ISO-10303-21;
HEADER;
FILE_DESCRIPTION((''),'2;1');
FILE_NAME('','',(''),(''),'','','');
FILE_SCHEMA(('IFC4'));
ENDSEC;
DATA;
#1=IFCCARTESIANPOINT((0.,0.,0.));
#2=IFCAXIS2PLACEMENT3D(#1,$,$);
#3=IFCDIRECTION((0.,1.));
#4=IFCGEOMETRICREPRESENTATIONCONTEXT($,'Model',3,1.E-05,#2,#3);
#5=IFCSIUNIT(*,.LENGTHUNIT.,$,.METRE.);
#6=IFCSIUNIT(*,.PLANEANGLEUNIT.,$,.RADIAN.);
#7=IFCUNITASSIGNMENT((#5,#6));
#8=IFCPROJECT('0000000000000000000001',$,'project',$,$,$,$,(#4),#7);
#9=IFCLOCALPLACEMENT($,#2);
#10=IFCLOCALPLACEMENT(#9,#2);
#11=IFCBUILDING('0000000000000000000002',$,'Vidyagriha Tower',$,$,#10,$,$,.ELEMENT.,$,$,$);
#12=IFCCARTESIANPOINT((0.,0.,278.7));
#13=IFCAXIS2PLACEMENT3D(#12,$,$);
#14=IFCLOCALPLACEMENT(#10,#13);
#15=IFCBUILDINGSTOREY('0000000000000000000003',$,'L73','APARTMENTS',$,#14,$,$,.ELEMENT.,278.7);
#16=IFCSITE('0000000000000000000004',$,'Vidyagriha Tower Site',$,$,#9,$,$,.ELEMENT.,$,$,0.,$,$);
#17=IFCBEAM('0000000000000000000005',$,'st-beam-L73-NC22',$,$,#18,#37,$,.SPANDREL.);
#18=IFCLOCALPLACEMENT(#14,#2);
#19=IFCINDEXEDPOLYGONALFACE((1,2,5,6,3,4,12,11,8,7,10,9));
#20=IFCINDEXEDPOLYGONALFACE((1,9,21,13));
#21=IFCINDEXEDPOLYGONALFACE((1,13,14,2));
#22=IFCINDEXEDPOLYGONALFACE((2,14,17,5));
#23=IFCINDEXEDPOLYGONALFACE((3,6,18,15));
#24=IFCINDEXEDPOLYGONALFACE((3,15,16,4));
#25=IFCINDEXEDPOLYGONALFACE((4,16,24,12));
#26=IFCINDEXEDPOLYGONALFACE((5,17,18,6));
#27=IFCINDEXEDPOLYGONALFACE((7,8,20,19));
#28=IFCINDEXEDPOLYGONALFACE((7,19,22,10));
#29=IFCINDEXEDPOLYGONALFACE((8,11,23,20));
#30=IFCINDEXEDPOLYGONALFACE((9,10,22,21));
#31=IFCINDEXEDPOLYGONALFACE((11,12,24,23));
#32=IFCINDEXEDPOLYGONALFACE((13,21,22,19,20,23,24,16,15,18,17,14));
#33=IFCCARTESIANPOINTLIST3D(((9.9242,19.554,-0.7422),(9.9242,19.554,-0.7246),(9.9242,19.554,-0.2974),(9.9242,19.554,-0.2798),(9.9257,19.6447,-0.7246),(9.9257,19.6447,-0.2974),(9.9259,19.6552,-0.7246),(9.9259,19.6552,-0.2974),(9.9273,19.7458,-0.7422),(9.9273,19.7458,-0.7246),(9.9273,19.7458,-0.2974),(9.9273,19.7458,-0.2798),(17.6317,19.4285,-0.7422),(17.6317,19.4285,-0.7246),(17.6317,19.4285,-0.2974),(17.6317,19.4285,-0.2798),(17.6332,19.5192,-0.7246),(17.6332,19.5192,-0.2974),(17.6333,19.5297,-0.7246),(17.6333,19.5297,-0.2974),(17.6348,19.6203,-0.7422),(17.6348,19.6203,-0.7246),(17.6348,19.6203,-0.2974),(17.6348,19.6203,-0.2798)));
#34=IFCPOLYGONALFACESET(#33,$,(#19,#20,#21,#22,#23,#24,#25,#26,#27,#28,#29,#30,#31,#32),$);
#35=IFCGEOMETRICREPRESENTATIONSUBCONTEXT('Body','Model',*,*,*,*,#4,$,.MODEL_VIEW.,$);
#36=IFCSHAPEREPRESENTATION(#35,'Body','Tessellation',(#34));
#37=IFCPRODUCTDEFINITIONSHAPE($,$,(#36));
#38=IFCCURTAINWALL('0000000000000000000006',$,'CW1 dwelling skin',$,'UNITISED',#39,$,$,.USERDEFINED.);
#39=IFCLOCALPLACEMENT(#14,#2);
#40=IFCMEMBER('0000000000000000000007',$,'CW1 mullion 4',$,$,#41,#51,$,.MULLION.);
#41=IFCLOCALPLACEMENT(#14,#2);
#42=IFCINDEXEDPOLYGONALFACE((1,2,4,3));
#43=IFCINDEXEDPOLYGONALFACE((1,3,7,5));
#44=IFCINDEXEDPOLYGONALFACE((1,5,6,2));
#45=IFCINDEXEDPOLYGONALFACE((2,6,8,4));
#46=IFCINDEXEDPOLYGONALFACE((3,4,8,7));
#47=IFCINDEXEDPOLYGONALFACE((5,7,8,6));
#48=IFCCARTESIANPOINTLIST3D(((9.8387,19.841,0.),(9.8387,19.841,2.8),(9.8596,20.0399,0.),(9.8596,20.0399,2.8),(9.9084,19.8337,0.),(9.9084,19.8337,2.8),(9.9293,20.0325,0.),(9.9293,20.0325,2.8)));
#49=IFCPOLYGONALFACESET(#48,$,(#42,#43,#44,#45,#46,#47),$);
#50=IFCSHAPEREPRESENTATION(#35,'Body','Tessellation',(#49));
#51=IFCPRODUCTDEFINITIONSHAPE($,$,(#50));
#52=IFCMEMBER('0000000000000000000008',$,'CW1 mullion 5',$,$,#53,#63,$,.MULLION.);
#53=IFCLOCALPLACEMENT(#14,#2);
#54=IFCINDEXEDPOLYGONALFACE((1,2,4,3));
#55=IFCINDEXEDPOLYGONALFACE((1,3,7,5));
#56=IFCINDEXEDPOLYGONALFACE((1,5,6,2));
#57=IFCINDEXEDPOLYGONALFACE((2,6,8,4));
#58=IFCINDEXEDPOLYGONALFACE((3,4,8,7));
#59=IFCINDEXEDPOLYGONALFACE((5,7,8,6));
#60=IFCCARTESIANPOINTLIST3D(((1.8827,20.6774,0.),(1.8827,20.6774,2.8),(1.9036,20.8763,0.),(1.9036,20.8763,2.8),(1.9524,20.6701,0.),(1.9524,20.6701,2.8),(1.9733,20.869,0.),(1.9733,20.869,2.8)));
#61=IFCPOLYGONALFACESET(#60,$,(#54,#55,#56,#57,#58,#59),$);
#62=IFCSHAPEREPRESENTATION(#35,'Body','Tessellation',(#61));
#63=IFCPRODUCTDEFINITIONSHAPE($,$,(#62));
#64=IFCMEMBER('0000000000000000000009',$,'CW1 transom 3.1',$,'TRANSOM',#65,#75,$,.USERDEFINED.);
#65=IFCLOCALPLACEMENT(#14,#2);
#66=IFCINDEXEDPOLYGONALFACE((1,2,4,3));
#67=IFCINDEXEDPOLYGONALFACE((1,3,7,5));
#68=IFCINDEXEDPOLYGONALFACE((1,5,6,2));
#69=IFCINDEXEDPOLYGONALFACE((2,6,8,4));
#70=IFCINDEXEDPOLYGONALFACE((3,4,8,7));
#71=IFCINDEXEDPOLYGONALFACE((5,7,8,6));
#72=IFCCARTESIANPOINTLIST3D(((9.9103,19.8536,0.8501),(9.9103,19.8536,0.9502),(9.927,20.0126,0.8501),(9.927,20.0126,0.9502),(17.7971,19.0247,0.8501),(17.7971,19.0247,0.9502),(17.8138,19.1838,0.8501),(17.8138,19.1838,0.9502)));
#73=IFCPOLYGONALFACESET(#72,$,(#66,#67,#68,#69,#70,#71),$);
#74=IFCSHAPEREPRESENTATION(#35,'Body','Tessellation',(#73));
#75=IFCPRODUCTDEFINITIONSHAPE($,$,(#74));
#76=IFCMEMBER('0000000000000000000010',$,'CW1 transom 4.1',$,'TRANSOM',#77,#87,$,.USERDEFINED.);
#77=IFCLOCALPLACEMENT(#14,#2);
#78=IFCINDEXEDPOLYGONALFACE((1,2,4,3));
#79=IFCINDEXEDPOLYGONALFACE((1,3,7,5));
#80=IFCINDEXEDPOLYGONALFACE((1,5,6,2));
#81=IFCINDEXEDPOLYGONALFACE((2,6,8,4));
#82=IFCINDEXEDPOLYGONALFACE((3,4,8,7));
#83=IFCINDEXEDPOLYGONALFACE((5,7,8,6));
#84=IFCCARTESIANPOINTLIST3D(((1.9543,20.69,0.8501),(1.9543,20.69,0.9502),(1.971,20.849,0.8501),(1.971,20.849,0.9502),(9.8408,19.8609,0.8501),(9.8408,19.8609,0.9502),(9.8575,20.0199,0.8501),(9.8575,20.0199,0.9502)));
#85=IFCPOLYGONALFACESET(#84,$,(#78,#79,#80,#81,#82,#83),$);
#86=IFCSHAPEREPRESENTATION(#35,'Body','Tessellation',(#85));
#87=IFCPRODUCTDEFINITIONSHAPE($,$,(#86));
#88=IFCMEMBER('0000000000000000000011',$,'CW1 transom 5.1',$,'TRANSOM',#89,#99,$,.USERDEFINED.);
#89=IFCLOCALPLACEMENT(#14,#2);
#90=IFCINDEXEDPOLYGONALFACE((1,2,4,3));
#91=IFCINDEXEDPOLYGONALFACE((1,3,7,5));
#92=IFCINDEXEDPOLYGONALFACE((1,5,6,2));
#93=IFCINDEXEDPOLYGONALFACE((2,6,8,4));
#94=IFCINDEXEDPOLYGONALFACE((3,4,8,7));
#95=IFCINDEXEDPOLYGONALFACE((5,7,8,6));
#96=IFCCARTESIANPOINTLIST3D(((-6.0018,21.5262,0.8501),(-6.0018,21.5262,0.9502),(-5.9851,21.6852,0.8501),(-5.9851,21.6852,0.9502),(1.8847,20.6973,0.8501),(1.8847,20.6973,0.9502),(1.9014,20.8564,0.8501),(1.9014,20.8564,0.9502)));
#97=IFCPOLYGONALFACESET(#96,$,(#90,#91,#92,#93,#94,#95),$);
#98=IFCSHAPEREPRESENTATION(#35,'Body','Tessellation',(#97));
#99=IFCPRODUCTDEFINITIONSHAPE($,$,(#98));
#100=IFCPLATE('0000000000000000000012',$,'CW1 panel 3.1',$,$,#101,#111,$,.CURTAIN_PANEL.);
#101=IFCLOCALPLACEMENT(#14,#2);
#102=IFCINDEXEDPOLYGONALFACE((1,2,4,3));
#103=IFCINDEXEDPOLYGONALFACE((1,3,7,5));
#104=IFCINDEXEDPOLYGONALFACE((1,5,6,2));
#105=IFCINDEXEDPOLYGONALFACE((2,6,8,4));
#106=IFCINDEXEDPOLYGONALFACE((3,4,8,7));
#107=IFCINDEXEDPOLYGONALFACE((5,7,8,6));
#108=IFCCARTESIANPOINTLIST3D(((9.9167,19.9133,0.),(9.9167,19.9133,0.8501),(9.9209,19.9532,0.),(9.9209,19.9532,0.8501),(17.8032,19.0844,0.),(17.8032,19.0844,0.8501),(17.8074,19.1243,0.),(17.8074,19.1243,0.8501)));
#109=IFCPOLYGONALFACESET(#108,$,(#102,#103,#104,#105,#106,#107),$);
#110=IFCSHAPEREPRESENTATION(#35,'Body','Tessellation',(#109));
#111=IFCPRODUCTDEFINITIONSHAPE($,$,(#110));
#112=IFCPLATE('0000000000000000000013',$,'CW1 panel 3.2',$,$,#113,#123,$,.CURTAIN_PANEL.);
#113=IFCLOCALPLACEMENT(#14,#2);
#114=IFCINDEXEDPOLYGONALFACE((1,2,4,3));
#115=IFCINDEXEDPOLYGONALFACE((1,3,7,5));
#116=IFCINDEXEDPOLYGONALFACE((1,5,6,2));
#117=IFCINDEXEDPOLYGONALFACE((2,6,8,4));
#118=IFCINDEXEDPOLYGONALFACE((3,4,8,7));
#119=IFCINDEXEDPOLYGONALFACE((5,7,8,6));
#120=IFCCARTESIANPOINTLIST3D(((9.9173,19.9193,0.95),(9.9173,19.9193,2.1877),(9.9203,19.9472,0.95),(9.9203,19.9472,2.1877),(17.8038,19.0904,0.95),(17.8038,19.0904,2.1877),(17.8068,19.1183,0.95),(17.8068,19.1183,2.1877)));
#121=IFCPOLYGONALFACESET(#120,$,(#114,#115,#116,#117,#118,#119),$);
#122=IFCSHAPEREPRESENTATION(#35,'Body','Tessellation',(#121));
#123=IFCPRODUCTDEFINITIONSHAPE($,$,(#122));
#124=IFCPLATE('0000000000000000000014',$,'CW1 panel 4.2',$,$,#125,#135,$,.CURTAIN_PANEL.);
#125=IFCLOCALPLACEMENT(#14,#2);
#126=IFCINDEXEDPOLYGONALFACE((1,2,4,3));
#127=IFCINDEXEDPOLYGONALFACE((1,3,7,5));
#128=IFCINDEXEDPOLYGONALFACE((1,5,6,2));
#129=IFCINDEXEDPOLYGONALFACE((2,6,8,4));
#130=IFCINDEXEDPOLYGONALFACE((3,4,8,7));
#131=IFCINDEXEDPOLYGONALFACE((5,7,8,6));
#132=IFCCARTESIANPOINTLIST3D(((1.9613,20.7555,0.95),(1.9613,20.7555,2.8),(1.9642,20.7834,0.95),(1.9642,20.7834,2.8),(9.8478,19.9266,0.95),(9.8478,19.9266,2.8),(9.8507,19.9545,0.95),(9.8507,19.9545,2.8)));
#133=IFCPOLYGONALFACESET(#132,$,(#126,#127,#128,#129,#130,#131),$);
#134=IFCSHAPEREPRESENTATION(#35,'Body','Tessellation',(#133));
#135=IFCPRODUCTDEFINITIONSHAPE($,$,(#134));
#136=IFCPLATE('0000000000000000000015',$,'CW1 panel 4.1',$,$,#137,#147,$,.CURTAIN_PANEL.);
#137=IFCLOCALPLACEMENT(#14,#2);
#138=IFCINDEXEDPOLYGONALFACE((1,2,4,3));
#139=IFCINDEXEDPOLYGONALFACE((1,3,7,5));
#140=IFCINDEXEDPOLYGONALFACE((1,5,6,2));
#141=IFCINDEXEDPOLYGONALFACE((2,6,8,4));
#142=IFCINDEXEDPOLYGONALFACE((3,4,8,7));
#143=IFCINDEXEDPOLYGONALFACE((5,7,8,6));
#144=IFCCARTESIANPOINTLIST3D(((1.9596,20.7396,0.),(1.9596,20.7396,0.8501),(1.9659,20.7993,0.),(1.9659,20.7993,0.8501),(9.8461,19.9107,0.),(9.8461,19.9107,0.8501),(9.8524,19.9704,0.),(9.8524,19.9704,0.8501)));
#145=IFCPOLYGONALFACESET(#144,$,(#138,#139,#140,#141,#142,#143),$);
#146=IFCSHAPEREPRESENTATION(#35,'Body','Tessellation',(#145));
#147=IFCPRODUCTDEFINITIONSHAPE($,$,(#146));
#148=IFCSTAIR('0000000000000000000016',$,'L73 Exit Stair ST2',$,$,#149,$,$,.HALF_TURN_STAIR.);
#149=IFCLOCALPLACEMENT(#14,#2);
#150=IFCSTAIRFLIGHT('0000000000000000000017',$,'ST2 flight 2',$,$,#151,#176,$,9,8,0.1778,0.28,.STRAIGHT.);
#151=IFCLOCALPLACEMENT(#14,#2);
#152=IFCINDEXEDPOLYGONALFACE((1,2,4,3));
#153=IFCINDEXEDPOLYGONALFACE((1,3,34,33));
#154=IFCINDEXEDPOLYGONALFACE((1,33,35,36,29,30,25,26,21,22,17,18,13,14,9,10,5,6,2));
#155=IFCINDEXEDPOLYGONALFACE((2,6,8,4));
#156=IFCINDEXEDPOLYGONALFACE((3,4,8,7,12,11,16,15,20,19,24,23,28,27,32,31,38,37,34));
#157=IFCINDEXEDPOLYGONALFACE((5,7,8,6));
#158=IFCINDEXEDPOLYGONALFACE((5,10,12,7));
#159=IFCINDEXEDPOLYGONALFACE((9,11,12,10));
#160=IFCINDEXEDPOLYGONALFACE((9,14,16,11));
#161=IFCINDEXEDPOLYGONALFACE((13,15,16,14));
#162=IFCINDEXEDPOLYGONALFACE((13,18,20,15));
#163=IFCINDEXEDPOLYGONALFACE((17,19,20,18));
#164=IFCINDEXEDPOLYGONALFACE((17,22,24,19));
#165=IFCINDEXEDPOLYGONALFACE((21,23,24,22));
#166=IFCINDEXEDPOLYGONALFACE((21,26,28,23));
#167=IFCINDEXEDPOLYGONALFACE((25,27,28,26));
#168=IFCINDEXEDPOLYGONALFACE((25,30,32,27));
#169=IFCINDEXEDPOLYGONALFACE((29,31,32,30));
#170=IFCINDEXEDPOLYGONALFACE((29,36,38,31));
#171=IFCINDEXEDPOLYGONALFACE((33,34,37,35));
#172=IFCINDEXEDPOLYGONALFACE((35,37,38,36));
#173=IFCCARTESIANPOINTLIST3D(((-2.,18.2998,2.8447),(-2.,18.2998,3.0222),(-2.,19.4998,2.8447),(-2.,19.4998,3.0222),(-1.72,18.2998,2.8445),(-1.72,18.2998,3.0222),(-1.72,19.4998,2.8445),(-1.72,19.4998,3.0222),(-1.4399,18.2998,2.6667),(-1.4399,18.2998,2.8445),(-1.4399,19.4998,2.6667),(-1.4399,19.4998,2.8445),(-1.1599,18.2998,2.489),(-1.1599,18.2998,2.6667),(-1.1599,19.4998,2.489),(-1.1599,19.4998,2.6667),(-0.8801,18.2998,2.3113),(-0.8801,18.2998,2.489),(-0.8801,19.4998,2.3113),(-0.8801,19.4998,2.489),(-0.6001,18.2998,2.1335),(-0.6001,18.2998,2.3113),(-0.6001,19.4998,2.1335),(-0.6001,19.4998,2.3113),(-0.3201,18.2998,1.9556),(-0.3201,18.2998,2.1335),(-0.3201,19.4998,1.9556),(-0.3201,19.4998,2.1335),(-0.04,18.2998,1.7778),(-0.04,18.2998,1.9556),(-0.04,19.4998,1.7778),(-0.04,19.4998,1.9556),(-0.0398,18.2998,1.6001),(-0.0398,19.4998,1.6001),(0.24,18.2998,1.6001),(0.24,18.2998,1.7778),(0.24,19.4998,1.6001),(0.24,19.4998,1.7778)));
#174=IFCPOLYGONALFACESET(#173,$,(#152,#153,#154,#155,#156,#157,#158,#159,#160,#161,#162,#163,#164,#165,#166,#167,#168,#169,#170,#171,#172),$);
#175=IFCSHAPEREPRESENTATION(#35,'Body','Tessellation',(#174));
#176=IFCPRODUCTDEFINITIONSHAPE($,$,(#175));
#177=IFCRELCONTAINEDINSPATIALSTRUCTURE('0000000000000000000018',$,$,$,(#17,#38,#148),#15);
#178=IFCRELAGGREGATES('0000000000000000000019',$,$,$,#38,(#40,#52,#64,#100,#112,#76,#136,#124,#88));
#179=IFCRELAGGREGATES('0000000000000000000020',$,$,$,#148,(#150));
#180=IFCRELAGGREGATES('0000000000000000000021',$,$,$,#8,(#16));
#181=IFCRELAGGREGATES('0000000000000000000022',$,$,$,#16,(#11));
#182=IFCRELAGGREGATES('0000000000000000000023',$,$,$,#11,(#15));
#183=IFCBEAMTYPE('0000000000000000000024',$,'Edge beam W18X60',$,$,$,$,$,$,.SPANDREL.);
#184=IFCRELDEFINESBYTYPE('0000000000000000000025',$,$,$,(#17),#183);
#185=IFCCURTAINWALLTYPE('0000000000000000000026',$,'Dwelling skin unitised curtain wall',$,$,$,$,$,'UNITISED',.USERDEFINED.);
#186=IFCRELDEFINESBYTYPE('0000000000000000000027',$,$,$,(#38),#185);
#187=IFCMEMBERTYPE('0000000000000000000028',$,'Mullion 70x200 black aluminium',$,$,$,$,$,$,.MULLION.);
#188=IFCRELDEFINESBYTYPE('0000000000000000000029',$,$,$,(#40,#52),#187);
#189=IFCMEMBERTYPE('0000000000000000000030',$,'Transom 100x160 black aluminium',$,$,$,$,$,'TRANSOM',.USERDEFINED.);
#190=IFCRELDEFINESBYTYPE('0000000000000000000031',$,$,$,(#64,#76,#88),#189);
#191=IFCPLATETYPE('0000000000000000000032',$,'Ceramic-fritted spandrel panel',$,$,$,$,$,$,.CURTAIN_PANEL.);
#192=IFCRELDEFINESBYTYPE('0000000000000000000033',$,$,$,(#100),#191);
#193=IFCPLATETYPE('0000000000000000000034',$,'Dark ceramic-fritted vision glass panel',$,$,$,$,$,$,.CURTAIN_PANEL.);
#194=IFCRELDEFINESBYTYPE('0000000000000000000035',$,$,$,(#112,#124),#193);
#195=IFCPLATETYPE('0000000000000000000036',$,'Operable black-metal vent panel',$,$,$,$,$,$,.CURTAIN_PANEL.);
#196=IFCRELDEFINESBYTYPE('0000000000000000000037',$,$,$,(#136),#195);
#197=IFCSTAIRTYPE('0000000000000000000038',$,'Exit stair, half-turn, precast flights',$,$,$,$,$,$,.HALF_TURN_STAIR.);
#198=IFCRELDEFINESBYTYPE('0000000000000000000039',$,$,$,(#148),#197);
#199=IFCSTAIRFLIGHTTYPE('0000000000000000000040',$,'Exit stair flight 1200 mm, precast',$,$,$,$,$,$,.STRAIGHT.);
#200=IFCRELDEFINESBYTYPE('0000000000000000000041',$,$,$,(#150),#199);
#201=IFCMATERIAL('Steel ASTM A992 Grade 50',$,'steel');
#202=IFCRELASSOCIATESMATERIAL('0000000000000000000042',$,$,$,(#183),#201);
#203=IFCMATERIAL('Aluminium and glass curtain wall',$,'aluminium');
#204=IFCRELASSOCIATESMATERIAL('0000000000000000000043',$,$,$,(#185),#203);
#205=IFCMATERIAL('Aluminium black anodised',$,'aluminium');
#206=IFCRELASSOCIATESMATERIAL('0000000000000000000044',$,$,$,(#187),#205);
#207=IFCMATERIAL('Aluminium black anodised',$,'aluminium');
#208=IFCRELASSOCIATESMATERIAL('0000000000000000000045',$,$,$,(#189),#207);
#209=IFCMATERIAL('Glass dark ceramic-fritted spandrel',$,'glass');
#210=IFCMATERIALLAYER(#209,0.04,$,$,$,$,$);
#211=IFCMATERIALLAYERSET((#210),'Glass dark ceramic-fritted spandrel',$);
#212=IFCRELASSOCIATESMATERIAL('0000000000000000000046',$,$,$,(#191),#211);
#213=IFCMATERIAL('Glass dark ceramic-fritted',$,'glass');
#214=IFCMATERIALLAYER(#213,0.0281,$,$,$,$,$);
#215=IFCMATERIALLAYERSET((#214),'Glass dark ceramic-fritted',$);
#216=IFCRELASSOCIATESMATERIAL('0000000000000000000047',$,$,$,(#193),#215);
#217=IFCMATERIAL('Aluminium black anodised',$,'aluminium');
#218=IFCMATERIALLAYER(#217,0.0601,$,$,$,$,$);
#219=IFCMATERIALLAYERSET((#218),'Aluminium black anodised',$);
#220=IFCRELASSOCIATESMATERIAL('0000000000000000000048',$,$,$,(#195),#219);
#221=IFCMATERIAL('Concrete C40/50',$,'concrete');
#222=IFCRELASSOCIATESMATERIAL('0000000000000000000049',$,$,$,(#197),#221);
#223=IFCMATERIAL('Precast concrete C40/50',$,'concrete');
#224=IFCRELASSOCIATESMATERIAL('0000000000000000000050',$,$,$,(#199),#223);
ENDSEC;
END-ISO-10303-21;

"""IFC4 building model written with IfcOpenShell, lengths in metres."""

from ifc_helpers import new_model, si_unit, direction, frame, origin, origin_2d, place, context, subcontext, project, spatial, polyline, rectangle, i_section, outline, extrude, material, layer, layer_set, material_profile, profile_set, type_object, element, aggregate, save


model = new_model("IFC4")

# Units and contexts
model_context = context("Model", 3, precision=1e-05, world=origin(), true_north=direction((0.0, 1.0)))
body_context = subcontext(model_context, "Body", "Model", "MODEL_VIEW")
ifc_project = project(units=[si_unit("LENGTHUNIT", "METRE"), si_unit("PLANEANGLEUNIT", "RADIAN")], contexts=[model_context])

# Site, building, storey
site_placement = place(None, origin())
site = spatial("IfcSite", under=ifc_project, at=site_placement, Name="Vidyagriha Tower Site", CompositionType="ELEMENT", RefElevation=0.0)
building_placement = place(site_placement, origin())
building = spatial("IfcBuilding", under=site, at=building_placement, Name="Vidyagriha Tower", CompositionType="ELEMENT")
storey_placement = place(building_placement, frame((0.0, 0.0, 278.7)))
storey = spatial("IfcBuildingStorey", under=building, at=storey_placement, Name="L73", Description="APARTMENTS", CompositionType="ELEMENT", Elevation=278.7)

# Beam
ifc_material_1 = material(Name="Steel ASTM A992 Grade 50", Category="steel")
ifc_material_profile_1 = material_profile(ifc_material_1, i_section(OverallWidth=0.1919, OverallDepth=0.4624, WebThickness=0.0105, FlangeThickness=0.0176, at=origin_2d()), Name="W18X60")
ifc_profile_set_1 = profile_set([ifc_material_profile_1], Name="Steel ASTM A992 Grade 50")
beam_type = type_object("IfcBeamType", Name="Edge beam W18X60", PredefinedType="SPANDREL", material=ifc_profile_set_1)
beam_placement = place(storey_placement, frame((9.9258, 19.6499, -0.511), z_axis=(0.999867, -0.016279, 0.0), x_axis=(0.016279, 0.999867, 0.0)))
element("IfcBeam", 1, at=beam_placement, inside=storey, type_object=beam_type, Name="st-beam-L73-NC22", PredefinedType="SPANDREL", context=body_context, shape_type="SweptSolid", body=[
    extrude(i_section(OverallWidth=0.1919, OverallDepth=0.4624, WebThickness=0.0105, FlangeThickness=0.0176, at=origin_2d()), origin(), (0.0, 0.0, 1.0), 7.7085),
])

# Curtain wall, members, plates
ifc_material_2 = material(Name="Aluminium and glass curtain wall", Category="aluminium")
curtain_wall_type = type_object("IfcCurtainWallType", Name="Dwelling skin unitised curtain wall", ElementType="UNITISED", PredefinedType="USERDEFINED", material=ifc_material_2)
curtain_wall_placement = place(storey_placement, origin())
curtain_wall = element("IfcCurtainWall", 2, at=curtain_wall_placement, inside=storey, type_object=curtain_wall_type, Name="CW1 dwelling skin", ObjectType="UNITISED", PredefinedType="USERDEFINED")
ifc_material_3 = material(Name="Aluminium black anodised", Category="aluminium")
ifc_material_profile_2 = material_profile(ifc_material_3, rectangle(XDim=0.2, YDim=0.0701, at=origin_2d()), Name="Mullion 70x200 black aluminium")
ifc_profile_set_2 = profile_set([ifc_material_profile_2], Name="Aluminium black anodised")
member_type_1 = type_object("IfcMemberType", Name="Mullion 70x200 black aluminium", PredefinedType="MULLION", material=ifc_profile_set_2)
member_1_placement = place(storey_placement, frame((9.884, 19.9368, 0.0), z_axis=(0.0, 0.0, 1.0), x_axis=(-0.104529, -0.994522, 0.0)))
member_1 = element("IfcMember", 3, at=member_1_placement, type_object=member_type_1, Name="CW1 mullion 4", PredefinedType="MULLION", context=body_context, shape_type="SweptSolid", body=[
    extrude(rectangle(XDim=0.2, YDim=0.0701, at=origin_2d()), origin(), (0.0, 0.0, 1.0), 2.8),
])
member_2_placement = place(storey_placement, frame((1.928, 20.7732, 0.0), z_axis=(0.0, 0.0, 1.0), x_axis=(-0.104529, -0.994522, 0.0)))
member_2 = element("IfcMember", 4, at=member_2_placement, type_object=member_type_1, Name="CW1 mullion 5", PredefinedType="MULLION", context=body_context, shape_type="SweptSolid", body=[
    extrude(rectangle(XDim=0.2, YDim=0.0701, at=origin_2d()), origin(), (0.0, 0.0, 1.0), 2.8),
])
ifc_material_4 = material(Name="Aluminium black anodised", Category="aluminium")
ifc_material_profile_3 = material_profile(ifc_material_4, rectangle(XDim=0.1599, YDim=0.1001, at=origin_2d()), Name="Transom 100x160 black aluminium")
ifc_profile_set_3 = profile_set([ifc_material_profile_3], Name="Aluminium black anodised")
member_type_2 = type_object("IfcMemberType", Name="Transom 100x160 black aluminium", ElementType="TRANSOM", PredefinedType="USERDEFINED", material=ifc_profile_set_3)
member_3_placement = place(storey_placement, frame((17.8054, 19.1042, 0.9001), z_axis=(-0.994523, 0.10452, 0.0), x_axis=(-0.10452, -0.994523, 0.0)))
member_3 = element("IfcMember", 5, at=member_3_placement, type_object=member_type_2, Name="CW1 transom 3.1", ObjectType="TRANSOM", PredefinedType="USERDEFINED", context=body_context, shape_type="SweptSolid", body=[
    extrude(rectangle(XDim=0.1599, YDim=0.1001, at=origin_2d()), origin(), (0.0, 0.0, 1.0), 7.9302),
])
member_4_placement = place(storey_placement, frame((9.8491, 19.9404, 0.9001), z_axis=(-0.994519, 0.104553, 0.0), x_axis=(-0.104553, -0.994519, 0.0)))
member_4 = element("IfcMember", 6, at=member_4_placement, type_object=member_type_2, Name="CW1 transom 4.1", ObjectType="TRANSOM", PredefinedType="USERDEFINED", context=body_context, shape_type="SweptSolid", body=[
    extrude(rectangle(XDim=0.1599, YDim=0.1001, at=origin_2d()), origin(), (0.0, 0.0, 1.0), 7.9299),
])
member_5_placement = place(storey_placement, frame((1.8931, 20.7769, 0.9001), z_axis=(-0.994522, 0.104523, 0.0), x_axis=(-0.104523, -0.994522, 0.0)))
member_5 = element("IfcMember", 7, at=member_5_placement, type_object=member_type_2, Name="CW1 transom 5.1", ObjectType="TRANSOM", PredefinedType="USERDEFINED", context=body_context, shape_type="SweptSolid", body=[
    extrude(rectangle(XDim=0.1599, YDim=0.1001, at=origin_2d()), origin(), (0.0, 0.0, 1.0), 7.9299),
])
ifc_material_5 = material(Name="Glass dark ceramic-fritted spandrel", Category="glass")
ifc_layer_1 = layer(ifc_material_5, 0.04)
ifc_layer_set_1 = layer_set([ifc_layer_1], Name="Glass dark ceramic-fritted spandrel")
plate_type_1 = type_object("IfcPlateType", Name="Ceramic-fritted spandrel panel", PredefinedType="CURTAIN_PANEL", material=ifc_layer_set_1)
plate_1_placement = place(storey_placement, frame((13.8621, 19.5188, 0.0), z_axis=(0.0, 0.0, 1.0), x_axis=(-0.994522, 0.104529, 0.0)))
plate_1 = element("IfcPlate", 8, at=plate_1_placement, type_object=plate_type_1, Name="CW1 panel 3.1", PredefinedType="CURTAIN_PANEL", context=body_context, shape_type="SweptSolid", body=[
    extrude(rectangle(XDim=7.9299, YDim=0.04, at=origin_2d()), origin(), (0.0, 0.0, 1.0), 0.8501),
])
ifc_material_6 = material(Name="Glass dark ceramic-fritted", Category="glass")
ifc_layer_2 = layer(ifc_material_6, 0.0281)
ifc_layer_set_2 = layer_set([ifc_layer_2], Name="Glass dark ceramic-fritted")
plate_type_2 = type_object("IfcPlateType", Name="Dark ceramic-fritted vision glass panel", PredefinedType="CURTAIN_PANEL", material=ifc_layer_set_2)
plate_2_placement = place(storey_placement, frame((13.8621, 19.5188, 0.95), z_axis=(0.0, 0.0, 1.0), x_axis=(-0.994522, 0.104529, 0.0)))
plate_2 = element("IfcPlate", 9, at=plate_2_placement, type_object=plate_type_2, Name="CW1 panel 3.2", PredefinedType="CURTAIN_PANEL", context=body_context, shape_type="SweptSolid", body=[
    extrude(rectangle(XDim=7.9299, YDim=0.0281, at=origin_2d()), origin(), (0.0, 0.0, 1.0), 1.2378),
])
plate_3_placement = place(storey_placement, frame((5.906, 20.355, 0.95), z_axis=(0.0, 0.0, 1.0), x_axis=(-0.994522, 0.104529, 0.0)))
plate_3 = element("IfcPlate", 10, at=plate_3_placement, type_object=plate_type_2, Name="CW1 panel 4.2", PredefinedType="CURTAIN_PANEL", context=body_context, shape_type="SweptSolid", body=[
    extrude(rectangle(XDim=7.9299, YDim=0.0281, at=origin_2d()), origin(), (0.0, 0.0, 1.0), 1.8501),
])
ifc_material_7 = material(Name="Aluminium black anodised", Category="aluminium")
ifc_layer_3 = layer(ifc_material_7, 0.0601)
ifc_layer_set_3 = layer_set([ifc_layer_3], Name="Aluminium black anodised")
plate_type_3 = type_object("IfcPlateType", Name="Operable black-metal vent panel", PredefinedType="CURTAIN_PANEL", material=ifc_layer_set_3)
plate_4_placement = place(storey_placement, frame((5.906, 20.355, 0.0), z_axis=(0.0, 0.0, 1.0), x_axis=(-0.994522, 0.104529, 0.0)))
plate_4 = element("IfcPlate", 11, at=plate_4_placement, type_object=plate_type_3, Name="CW1 panel 4.1", PredefinedType="CURTAIN_PANEL", context=body_context, shape_type="SweptSolid", body=[
    extrude(rectangle(XDim=7.9299, YDim=0.0601, at=origin_2d()), origin(), (0.0, 0.0, 1.0), 0.8501),
])
aggregate(curtain_wall, [member_1, member_2, member_3, plate_1, plate_2, member_4, plate_4, plate_3, member_5])

# Stair, stair flight
ifc_material_8 = material(Name="Concrete C40/50", Category="concrete")
stair_type = type_object("IfcStairType", Name="Exit stair, half-turn, precast flights", PredefinedType="HALF_TURN_STAIR", material=ifc_material_8)
stair_1_placement = place(storey_placement, origin())
stair_1 = element("IfcStair", 12, at=stair_1_placement, inside=storey, type_object=stair_type, Name="L73 Exit Stair ST2", PredefinedType="HALF_TURN_STAIR")
ifc_material_9 = material(Name="Precast concrete C40/50", Category="concrete")
stair_flight_type = type_object("IfcStairFlightType", Name="Exit stair flight 1200 mm, precast", PredefinedType="STRAIGHT", material=ifc_material_9)
stair_flight_1_placement = place(storey_placement, frame((0.24, 18.8999, 1.6001), z_axis=(0.0, 0.0, 1.0), x_axis=(-1.0, 0.0, 0.0)))
stair_flight_1 = element("IfcStairFlight", 13, at=stair_flight_1_placement, type_object=stair_flight_type, Name="ST2 flight 2", NumberOfRisers=9, NumberOfTreads=8, PredefinedType="STRAIGHT", RiserHeight=0.1778, TreadLength=0.28, context=body_context, shape_type="SweptSolid", body=[
    extrude(outline(polyline([(0.0, 0.0), (0.0, 0.1777), (0.28, 0.1777), (0.28, 0.3555), (0.5601, 0.3555), (0.5601, 0.5334), (0.8401, 0.5334), (0.8401, 0.7112), (1.1201, 0.7112), (1.1201, 0.8889), (1.3999, 0.8889), (1.3999, 1.0667), (1.6799, 1.0667), (1.6799, 1.2444), (1.96, 1.2444), (1.96, 1.4221), (2.24, 1.4221), (2.24, 1.6001), (2.24, 1.2446), (0.2798, 0.0), (0.0, 0.0)])), frame((0.0, 0.6001, 0.0), z_axis=(0.0, -1.0, 0.0), x_axis=(1.0, 0.0, 0.0)), (0.0, 0.0, 1.0), 1.2),
])
aggregate(stair_1, [stair_flight_1])

save(model, "model.ifc")
